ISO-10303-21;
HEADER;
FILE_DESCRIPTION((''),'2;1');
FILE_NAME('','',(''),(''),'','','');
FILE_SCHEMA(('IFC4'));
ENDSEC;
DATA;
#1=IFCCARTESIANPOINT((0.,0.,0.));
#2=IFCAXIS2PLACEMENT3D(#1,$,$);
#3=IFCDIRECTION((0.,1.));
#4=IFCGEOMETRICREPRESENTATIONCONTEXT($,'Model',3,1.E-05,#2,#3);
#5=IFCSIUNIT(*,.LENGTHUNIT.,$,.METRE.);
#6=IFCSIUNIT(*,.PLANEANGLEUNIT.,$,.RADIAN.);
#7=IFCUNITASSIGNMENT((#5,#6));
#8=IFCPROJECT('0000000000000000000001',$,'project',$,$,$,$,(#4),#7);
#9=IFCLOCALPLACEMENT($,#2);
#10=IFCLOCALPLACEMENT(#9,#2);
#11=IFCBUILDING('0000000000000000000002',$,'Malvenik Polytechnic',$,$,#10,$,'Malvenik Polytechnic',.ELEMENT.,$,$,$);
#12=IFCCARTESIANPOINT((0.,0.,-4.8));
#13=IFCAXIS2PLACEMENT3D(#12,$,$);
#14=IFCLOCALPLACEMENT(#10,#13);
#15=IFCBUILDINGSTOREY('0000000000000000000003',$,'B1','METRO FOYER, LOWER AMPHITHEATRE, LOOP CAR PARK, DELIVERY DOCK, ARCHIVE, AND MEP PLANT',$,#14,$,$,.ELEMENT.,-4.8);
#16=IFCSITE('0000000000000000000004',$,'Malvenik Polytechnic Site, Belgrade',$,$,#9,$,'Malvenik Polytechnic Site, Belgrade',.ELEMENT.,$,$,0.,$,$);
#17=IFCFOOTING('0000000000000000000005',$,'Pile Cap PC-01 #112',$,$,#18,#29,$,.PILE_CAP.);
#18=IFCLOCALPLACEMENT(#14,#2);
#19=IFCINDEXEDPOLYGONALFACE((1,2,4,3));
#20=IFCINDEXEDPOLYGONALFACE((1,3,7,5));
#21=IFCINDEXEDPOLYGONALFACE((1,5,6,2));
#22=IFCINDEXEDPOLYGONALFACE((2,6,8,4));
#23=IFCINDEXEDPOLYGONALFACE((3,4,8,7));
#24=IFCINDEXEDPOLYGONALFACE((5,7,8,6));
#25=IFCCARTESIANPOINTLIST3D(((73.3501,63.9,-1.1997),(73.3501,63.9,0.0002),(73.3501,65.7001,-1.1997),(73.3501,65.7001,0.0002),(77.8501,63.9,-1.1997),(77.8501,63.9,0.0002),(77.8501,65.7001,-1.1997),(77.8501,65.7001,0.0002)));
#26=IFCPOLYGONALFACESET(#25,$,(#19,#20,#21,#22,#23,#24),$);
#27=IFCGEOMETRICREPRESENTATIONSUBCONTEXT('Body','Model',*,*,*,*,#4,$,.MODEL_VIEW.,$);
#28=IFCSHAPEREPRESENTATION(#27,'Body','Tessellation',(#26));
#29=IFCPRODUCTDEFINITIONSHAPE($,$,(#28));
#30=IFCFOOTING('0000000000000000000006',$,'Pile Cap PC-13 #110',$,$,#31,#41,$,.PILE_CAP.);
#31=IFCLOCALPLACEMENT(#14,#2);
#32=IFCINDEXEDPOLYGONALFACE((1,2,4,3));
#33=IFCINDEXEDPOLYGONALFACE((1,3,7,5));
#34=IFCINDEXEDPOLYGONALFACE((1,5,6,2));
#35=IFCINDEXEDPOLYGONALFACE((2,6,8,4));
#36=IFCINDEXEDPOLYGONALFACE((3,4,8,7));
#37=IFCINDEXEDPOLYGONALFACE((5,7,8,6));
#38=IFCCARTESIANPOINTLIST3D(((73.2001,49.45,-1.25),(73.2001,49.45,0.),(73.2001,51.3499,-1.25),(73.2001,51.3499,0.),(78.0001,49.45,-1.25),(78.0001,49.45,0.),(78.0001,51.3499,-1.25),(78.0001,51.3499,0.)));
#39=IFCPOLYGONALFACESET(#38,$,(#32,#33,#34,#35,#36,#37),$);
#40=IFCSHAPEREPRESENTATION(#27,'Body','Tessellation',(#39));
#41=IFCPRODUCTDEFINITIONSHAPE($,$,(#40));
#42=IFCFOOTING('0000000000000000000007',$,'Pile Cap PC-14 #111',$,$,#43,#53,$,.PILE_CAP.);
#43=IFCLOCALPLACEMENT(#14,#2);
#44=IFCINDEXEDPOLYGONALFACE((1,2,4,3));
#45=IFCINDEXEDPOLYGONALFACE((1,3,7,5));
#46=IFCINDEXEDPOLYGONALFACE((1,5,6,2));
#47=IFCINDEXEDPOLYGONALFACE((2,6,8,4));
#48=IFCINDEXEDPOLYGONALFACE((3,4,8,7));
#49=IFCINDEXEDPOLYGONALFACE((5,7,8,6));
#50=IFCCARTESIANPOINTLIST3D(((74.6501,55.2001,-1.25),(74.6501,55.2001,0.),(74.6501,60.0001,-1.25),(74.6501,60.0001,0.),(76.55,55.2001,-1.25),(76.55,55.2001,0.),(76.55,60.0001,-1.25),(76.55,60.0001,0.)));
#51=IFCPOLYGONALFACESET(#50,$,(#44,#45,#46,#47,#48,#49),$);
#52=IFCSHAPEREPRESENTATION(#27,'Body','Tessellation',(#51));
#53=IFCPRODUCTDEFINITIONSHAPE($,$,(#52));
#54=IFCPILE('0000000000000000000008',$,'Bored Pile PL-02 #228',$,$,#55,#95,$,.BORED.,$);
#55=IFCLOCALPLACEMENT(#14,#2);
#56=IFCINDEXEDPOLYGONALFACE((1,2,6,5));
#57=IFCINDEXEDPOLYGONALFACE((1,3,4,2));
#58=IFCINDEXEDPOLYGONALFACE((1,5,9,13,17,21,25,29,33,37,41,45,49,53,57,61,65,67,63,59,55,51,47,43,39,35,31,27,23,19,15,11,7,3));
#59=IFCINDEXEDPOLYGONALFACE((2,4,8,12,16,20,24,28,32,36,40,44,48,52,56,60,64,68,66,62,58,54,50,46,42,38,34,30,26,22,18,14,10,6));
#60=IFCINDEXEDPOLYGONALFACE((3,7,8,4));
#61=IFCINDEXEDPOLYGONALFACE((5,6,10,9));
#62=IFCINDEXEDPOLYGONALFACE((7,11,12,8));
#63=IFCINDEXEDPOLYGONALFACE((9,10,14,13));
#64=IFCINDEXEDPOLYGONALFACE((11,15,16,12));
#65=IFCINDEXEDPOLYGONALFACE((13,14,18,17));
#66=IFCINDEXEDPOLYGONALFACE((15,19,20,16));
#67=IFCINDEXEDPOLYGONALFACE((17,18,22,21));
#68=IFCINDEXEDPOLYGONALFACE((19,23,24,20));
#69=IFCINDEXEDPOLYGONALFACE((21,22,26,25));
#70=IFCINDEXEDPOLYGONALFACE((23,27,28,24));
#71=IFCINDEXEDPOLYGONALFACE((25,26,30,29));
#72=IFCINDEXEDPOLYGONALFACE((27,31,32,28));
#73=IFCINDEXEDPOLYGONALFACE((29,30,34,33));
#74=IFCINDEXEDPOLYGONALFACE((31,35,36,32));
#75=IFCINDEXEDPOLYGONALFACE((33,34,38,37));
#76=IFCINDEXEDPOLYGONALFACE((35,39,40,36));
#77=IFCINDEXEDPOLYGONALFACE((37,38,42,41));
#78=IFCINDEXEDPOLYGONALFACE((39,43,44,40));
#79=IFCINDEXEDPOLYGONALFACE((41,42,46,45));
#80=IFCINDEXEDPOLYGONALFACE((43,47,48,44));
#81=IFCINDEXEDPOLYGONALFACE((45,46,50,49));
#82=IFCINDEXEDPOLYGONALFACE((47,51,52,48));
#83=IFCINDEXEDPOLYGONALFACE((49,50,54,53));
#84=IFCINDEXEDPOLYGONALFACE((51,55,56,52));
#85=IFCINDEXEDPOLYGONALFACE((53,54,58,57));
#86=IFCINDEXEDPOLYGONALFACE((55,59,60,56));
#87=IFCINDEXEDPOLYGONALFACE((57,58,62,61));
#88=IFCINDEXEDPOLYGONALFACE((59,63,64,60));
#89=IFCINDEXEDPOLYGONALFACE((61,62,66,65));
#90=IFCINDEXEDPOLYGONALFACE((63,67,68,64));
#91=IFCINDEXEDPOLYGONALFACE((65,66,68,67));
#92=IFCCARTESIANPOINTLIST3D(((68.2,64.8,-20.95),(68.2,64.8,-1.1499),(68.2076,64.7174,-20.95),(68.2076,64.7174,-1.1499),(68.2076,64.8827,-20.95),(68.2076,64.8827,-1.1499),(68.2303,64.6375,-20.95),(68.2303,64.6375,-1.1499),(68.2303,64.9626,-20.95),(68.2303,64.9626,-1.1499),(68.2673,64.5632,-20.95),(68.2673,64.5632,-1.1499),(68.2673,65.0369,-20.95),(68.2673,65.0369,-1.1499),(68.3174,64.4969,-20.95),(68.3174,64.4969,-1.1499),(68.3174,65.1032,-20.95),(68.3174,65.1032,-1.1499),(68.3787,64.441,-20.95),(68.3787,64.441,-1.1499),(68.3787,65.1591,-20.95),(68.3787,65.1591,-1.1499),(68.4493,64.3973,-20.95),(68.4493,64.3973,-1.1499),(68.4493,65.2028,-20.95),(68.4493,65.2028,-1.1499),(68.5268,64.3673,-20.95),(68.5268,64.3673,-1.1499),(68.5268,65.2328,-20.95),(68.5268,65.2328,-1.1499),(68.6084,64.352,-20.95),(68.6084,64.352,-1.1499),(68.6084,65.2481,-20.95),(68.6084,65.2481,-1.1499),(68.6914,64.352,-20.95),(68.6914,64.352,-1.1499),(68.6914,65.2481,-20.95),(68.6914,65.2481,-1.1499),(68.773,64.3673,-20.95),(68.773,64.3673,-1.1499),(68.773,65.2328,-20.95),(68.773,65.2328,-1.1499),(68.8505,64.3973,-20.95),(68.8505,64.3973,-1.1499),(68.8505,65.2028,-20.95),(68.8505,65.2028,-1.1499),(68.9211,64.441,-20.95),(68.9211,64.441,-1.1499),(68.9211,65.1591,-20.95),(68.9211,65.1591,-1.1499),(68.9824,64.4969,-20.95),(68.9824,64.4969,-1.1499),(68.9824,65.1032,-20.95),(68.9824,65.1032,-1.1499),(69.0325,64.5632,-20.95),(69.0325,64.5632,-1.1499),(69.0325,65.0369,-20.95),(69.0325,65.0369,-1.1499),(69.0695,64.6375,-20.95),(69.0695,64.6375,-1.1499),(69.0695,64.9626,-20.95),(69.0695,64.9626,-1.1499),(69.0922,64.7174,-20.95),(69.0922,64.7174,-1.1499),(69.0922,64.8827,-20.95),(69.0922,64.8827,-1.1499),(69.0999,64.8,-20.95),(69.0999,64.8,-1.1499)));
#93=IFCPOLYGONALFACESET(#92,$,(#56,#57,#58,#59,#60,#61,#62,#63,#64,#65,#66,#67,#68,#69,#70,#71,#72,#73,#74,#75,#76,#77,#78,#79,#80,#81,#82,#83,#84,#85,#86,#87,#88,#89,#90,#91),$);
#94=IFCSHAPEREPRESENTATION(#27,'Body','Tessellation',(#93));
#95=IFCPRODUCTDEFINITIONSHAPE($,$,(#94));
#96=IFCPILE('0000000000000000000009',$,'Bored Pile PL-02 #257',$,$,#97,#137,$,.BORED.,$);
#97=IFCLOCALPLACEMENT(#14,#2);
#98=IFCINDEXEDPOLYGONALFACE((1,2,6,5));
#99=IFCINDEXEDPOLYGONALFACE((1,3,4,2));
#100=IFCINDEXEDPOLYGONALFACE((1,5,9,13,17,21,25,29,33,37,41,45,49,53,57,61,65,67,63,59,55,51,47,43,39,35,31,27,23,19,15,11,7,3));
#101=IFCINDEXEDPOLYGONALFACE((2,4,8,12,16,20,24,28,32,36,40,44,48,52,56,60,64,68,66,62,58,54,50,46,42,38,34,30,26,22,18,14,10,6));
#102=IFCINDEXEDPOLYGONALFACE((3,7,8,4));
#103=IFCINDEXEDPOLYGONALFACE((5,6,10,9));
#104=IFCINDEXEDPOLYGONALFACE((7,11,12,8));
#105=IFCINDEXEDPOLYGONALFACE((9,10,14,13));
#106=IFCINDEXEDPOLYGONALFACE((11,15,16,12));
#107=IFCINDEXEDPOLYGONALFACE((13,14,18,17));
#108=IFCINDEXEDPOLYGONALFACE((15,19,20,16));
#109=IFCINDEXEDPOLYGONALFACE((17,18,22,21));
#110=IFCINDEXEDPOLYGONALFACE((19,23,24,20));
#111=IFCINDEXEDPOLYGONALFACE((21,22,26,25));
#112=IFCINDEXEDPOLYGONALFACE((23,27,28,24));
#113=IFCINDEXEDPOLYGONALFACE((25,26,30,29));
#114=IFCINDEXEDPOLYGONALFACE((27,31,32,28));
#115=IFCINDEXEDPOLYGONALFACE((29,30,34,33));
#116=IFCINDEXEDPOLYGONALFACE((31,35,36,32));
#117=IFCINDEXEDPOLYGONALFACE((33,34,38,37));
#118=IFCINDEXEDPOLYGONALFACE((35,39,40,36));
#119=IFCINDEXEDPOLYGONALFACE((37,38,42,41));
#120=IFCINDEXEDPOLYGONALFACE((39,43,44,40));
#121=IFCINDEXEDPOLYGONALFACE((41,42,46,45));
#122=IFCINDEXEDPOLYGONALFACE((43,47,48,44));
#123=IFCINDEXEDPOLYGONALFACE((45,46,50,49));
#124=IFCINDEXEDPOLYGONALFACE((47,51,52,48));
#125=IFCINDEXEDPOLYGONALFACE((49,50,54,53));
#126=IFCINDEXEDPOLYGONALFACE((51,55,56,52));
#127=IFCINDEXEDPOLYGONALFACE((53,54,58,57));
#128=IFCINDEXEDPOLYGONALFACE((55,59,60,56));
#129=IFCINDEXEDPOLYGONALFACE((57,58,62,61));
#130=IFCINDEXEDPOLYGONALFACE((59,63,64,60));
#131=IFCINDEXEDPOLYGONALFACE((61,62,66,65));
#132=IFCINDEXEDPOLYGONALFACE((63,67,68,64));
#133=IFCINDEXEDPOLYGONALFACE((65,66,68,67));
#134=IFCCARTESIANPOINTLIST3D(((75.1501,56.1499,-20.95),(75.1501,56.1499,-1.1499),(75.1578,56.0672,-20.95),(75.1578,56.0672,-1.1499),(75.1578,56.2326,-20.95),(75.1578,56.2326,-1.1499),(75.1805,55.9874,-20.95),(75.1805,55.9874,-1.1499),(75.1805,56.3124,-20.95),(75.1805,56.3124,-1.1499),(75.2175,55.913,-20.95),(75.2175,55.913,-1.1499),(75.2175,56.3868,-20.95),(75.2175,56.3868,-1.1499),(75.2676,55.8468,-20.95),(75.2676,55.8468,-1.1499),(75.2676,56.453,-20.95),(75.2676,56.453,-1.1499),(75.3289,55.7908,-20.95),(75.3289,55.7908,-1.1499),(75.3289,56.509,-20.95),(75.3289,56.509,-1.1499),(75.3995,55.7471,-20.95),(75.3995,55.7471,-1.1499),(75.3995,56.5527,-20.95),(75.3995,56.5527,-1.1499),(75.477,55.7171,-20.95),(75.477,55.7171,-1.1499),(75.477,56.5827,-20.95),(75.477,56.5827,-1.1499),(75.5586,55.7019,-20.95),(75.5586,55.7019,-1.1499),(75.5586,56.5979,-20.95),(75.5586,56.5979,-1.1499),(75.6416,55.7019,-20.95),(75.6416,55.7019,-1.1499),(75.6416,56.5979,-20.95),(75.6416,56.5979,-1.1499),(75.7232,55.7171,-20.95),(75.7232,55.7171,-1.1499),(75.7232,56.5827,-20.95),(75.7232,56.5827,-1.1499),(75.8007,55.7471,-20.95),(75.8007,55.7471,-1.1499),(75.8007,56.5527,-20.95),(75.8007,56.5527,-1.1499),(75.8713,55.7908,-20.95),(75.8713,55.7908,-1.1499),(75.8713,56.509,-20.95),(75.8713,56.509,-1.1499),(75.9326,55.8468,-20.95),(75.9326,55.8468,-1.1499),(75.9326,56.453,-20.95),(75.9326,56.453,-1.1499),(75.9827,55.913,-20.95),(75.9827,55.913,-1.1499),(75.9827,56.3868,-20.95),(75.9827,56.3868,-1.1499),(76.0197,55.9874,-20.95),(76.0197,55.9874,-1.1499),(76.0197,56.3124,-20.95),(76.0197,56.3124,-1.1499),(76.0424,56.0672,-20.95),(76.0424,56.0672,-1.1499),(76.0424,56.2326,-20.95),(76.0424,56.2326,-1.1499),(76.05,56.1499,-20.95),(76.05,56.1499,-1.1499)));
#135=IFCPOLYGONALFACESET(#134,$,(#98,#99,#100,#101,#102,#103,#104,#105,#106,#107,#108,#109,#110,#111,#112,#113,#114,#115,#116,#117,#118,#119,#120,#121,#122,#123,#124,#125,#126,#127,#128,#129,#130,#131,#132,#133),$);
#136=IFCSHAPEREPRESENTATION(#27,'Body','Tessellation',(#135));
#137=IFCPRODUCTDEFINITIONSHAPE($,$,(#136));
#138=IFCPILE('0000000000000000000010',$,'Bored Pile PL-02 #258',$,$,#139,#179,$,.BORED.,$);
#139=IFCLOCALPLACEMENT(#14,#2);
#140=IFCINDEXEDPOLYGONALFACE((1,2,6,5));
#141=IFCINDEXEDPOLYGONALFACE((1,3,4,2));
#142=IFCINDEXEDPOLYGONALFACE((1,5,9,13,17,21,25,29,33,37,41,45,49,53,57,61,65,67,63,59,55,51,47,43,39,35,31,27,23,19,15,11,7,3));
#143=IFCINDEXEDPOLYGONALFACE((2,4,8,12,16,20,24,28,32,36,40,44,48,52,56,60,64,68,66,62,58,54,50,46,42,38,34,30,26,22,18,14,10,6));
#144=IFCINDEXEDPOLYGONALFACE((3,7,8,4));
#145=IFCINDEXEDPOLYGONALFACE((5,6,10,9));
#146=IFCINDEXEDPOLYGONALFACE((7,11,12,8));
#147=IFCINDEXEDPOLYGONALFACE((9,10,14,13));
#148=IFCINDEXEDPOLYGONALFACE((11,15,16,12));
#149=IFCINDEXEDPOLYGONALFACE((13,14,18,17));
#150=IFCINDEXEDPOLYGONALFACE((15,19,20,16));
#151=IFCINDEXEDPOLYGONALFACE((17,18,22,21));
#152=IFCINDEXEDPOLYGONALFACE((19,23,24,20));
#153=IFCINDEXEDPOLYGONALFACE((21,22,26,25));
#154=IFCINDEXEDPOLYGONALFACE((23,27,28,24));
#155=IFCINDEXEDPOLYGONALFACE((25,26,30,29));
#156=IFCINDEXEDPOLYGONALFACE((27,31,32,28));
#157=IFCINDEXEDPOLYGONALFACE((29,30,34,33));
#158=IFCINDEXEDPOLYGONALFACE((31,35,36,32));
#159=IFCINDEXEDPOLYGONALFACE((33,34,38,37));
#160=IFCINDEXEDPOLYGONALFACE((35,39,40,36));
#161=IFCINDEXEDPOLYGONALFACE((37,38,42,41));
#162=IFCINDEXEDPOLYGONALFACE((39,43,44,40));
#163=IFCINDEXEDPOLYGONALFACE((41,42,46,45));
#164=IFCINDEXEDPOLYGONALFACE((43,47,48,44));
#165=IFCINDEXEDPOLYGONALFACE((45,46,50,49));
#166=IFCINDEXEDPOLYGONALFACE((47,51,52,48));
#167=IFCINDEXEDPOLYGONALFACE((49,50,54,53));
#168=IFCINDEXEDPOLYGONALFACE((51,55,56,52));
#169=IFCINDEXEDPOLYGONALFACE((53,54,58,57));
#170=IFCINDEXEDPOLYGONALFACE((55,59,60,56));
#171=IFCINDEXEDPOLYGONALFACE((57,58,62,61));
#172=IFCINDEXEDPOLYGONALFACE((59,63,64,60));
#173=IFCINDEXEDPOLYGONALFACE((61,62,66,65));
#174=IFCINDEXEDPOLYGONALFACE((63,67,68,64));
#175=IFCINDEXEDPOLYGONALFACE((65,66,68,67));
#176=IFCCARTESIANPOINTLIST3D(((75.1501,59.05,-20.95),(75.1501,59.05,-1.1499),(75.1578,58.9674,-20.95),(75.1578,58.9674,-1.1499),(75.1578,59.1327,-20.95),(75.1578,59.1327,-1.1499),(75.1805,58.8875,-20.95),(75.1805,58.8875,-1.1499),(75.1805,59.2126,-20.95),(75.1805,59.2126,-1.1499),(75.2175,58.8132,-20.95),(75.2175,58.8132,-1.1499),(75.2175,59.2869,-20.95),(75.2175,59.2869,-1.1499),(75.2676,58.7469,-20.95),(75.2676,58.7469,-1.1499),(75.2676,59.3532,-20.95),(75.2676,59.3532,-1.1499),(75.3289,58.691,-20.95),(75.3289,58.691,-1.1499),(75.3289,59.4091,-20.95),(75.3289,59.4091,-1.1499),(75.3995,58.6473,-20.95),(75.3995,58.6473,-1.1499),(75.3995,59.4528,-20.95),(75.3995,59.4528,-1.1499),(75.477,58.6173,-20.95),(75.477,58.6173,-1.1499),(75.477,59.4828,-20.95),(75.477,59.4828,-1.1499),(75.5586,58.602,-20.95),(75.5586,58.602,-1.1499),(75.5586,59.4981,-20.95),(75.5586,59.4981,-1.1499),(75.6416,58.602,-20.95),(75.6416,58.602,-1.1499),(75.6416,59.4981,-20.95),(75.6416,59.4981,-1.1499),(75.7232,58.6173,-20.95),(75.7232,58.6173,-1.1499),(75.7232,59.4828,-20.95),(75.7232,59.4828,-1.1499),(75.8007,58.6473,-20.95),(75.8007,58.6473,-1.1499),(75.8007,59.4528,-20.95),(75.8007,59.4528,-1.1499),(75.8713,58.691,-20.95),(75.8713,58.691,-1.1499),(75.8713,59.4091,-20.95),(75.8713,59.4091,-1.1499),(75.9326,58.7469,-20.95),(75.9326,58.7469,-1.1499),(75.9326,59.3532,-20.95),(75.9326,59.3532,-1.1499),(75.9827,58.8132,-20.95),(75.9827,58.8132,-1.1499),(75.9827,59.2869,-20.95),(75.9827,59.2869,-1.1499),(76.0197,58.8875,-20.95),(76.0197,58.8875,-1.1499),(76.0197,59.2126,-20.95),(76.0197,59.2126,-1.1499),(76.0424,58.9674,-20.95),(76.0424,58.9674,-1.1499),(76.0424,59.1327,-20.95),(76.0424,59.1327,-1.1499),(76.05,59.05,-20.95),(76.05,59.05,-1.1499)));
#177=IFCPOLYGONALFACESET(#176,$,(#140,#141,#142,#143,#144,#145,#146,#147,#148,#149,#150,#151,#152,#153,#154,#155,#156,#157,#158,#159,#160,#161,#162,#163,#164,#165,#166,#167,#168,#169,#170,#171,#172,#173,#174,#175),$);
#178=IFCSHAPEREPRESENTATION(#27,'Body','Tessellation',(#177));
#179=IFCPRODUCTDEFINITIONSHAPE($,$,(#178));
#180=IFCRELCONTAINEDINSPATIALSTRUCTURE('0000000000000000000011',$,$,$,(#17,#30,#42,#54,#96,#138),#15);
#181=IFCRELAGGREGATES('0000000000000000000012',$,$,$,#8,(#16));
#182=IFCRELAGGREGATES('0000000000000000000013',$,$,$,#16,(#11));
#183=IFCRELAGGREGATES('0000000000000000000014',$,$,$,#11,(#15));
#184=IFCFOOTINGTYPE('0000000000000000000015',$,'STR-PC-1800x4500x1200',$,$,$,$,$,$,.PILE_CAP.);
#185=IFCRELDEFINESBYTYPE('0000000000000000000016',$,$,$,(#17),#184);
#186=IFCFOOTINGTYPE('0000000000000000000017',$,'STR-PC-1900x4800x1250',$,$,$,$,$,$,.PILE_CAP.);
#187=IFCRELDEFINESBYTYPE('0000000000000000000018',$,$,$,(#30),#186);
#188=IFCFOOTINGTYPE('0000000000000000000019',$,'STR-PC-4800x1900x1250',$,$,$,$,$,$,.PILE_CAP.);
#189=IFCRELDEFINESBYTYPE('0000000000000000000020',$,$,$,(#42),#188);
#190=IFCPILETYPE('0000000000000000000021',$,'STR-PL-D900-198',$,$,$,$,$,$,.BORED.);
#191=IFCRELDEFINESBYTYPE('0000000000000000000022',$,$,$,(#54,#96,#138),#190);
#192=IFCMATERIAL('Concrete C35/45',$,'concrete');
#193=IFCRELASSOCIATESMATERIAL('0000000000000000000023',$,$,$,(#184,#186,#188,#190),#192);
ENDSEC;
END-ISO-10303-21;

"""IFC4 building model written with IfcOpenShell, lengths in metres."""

from ifc_helpers import new_model, si_unit, direction, frame, origin, origin_2d, place, context, subcontext, project, spatial, rectangle, circle, extrude, material, material_profile, profile_set, type_object, element, save


model = new_model("IFC4")

# Units and contexts
model_context = context("Model", 3, precision=1e-05, world=origin(), true_north=direction((0.0, 1.0)))
body_context = subcontext(model_context, "Body", "Model", "MODEL_VIEW")
ifc_project = project(units=[si_unit("LENGTHUNIT", "METRE"), si_unit("PLANEANGLEUNIT", "RADIAN")], contexts=[model_context])

# Site, building, storey
site_placement = place(None, origin())
site = spatial("IfcSite", under=ifc_project, at=site_placement, Name="Malvenik Polytechnic Site, Belgrade", LongName="Malvenik Polytechnic Site, Belgrade", CompositionType="ELEMENT", RefElevation=0.0)
building_placement = place(site_placement, origin())
building = spatial("IfcBuilding", under=site, at=building_placement, Name="Malvenik Polytechnic", LongName="Malvenik Polytechnic", CompositionType="ELEMENT")
storey_placement = place(building_placement, frame((0.0, 0.0, -4.8)))
storey = spatial("IfcBuildingStorey", under=building, at=storey_placement, Name="B1", Description="METRO FOYER, LOWER AMPHITHEATRE, LOOP CAR PARK, DELIVERY DOCK, ARCHIVE, AND MEP PLANT", CompositionType="ELEMENT", Elevation=-4.8)

# Footings
ifc_material_1 = material(Name="Concrete C35/45", Category="concrete")
footing_type_1 = type_object("IfcFootingType", Name="STR-PC-1800x4500x1200", PredefinedType="PILE_CAP", material=ifc_material_1)
footing_1_placement = place(storey_placement, frame((75.6001, 64.8, -1.1997), z_axis=(0.0, 0.0, 1.0), x_axis=(1.0, 0.0, 0.0)))
element("IfcFooting", 1, at=footing_1_placement, inside=storey, type_object=footing_type_1, Name="Pile Cap PC-01 #112", PredefinedType="PILE_CAP", context=body_context, shape_type="SweptSolid", body=[
    extrude(rectangle(XDim=4.5, YDim=1.8, at=origin_2d()), origin(), (0.0, 0.0, 1.0), 1.2),
])
footing_type_2 = type_object("IfcFootingType", Name="STR-PC-1900x4800x1250", PredefinedType="PILE_CAP", material=ifc_material_1)
footing_2_placement = place(storey_placement, frame((75.6001, 50.3999, -1.25), z_axis=(0.0, 0.0, 1.0), x_axis=(1.0, 0.0, 0.0)))
element("IfcFooting", 2, at=footing_2_placement, inside=storey, type_object=footing_type_2, Name="Pile Cap PC-13 #110", PredefinedType="PILE_CAP", context=body_context, shape_type="SweptSolid", body=[
    extrude(rectangle(XDim=4.8, YDim=1.8999, at=origin_2d()), origin(), (0.0, 0.0, 1.0), 1.25),
])
footing_type_3 = type_object("IfcFootingType", Name="STR-PC-4800x1900x1250", PredefinedType="PILE_CAP", material=ifc_material_1)
footing_3_placement = place(storey_placement, frame((75.6001, 57.6001, -1.25), z_axis=(0.0, 0.0, 1.0), x_axis=(1.0, 0.0, 0.0)))
element("IfcFooting", 3, at=footing_3_placement, inside=storey, type_object=footing_type_3, Name="Pile Cap PC-14 #111", PredefinedType="PILE_CAP", context=body_context, shape_type="SweptSolid", body=[
    extrude(rectangle(XDim=1.8999, YDim=4.8, at=origin_2d()), origin(), (0.0, 0.0, 1.0), 1.25),
])

# Piles
ifc_material_profile_1 = material_profile(ifc_material_1, circle(Radius=0.45, at=origin_2d()), Name="BORED PILE D900")
ifc_profile_set_1 = profile_set([ifc_material_profile_1], Name="Concrete C35/45")
pile_type = type_object("IfcPileType", Name="STR-PL-D900-198", PredefinedType="BORED", material=ifc_profile_set_1)
for number, where, z_axis, x_axis, name in (
    (4, (68.6499, 64.8, -1.1499), (0.0, 0.0, -1.0), (1.0, 0.0, 0.0), "Bored Pile PL-02 #228"),
    (5, (75.6001, 56.1499, -1.1499), (0.0, 0.0, -1.0), (1.0, 0.0, 0.0), "Bored Pile PL-02 #257"),
    (6, (75.6001, 59.05, -1.1499), (0.0, 0.0, -1.0), (1.0, 0.0, 0.0), "Bored Pile PL-02 #258"),
):
    element("IfcPile", number, at=place(storey_placement, frame(where, z_axis=z_axis, x_axis=x_axis)), inside=storey, type_object=pile_type, Name=name, PredefinedType="BORED", context=body_context, shape_type="SweptSolid", body=[
        extrude(circle(Radius=0.45, at=origin_2d()), origin(), (0.0, 0.0, 1.0), 19.8),
    ])

save(model, "model.ifc")
